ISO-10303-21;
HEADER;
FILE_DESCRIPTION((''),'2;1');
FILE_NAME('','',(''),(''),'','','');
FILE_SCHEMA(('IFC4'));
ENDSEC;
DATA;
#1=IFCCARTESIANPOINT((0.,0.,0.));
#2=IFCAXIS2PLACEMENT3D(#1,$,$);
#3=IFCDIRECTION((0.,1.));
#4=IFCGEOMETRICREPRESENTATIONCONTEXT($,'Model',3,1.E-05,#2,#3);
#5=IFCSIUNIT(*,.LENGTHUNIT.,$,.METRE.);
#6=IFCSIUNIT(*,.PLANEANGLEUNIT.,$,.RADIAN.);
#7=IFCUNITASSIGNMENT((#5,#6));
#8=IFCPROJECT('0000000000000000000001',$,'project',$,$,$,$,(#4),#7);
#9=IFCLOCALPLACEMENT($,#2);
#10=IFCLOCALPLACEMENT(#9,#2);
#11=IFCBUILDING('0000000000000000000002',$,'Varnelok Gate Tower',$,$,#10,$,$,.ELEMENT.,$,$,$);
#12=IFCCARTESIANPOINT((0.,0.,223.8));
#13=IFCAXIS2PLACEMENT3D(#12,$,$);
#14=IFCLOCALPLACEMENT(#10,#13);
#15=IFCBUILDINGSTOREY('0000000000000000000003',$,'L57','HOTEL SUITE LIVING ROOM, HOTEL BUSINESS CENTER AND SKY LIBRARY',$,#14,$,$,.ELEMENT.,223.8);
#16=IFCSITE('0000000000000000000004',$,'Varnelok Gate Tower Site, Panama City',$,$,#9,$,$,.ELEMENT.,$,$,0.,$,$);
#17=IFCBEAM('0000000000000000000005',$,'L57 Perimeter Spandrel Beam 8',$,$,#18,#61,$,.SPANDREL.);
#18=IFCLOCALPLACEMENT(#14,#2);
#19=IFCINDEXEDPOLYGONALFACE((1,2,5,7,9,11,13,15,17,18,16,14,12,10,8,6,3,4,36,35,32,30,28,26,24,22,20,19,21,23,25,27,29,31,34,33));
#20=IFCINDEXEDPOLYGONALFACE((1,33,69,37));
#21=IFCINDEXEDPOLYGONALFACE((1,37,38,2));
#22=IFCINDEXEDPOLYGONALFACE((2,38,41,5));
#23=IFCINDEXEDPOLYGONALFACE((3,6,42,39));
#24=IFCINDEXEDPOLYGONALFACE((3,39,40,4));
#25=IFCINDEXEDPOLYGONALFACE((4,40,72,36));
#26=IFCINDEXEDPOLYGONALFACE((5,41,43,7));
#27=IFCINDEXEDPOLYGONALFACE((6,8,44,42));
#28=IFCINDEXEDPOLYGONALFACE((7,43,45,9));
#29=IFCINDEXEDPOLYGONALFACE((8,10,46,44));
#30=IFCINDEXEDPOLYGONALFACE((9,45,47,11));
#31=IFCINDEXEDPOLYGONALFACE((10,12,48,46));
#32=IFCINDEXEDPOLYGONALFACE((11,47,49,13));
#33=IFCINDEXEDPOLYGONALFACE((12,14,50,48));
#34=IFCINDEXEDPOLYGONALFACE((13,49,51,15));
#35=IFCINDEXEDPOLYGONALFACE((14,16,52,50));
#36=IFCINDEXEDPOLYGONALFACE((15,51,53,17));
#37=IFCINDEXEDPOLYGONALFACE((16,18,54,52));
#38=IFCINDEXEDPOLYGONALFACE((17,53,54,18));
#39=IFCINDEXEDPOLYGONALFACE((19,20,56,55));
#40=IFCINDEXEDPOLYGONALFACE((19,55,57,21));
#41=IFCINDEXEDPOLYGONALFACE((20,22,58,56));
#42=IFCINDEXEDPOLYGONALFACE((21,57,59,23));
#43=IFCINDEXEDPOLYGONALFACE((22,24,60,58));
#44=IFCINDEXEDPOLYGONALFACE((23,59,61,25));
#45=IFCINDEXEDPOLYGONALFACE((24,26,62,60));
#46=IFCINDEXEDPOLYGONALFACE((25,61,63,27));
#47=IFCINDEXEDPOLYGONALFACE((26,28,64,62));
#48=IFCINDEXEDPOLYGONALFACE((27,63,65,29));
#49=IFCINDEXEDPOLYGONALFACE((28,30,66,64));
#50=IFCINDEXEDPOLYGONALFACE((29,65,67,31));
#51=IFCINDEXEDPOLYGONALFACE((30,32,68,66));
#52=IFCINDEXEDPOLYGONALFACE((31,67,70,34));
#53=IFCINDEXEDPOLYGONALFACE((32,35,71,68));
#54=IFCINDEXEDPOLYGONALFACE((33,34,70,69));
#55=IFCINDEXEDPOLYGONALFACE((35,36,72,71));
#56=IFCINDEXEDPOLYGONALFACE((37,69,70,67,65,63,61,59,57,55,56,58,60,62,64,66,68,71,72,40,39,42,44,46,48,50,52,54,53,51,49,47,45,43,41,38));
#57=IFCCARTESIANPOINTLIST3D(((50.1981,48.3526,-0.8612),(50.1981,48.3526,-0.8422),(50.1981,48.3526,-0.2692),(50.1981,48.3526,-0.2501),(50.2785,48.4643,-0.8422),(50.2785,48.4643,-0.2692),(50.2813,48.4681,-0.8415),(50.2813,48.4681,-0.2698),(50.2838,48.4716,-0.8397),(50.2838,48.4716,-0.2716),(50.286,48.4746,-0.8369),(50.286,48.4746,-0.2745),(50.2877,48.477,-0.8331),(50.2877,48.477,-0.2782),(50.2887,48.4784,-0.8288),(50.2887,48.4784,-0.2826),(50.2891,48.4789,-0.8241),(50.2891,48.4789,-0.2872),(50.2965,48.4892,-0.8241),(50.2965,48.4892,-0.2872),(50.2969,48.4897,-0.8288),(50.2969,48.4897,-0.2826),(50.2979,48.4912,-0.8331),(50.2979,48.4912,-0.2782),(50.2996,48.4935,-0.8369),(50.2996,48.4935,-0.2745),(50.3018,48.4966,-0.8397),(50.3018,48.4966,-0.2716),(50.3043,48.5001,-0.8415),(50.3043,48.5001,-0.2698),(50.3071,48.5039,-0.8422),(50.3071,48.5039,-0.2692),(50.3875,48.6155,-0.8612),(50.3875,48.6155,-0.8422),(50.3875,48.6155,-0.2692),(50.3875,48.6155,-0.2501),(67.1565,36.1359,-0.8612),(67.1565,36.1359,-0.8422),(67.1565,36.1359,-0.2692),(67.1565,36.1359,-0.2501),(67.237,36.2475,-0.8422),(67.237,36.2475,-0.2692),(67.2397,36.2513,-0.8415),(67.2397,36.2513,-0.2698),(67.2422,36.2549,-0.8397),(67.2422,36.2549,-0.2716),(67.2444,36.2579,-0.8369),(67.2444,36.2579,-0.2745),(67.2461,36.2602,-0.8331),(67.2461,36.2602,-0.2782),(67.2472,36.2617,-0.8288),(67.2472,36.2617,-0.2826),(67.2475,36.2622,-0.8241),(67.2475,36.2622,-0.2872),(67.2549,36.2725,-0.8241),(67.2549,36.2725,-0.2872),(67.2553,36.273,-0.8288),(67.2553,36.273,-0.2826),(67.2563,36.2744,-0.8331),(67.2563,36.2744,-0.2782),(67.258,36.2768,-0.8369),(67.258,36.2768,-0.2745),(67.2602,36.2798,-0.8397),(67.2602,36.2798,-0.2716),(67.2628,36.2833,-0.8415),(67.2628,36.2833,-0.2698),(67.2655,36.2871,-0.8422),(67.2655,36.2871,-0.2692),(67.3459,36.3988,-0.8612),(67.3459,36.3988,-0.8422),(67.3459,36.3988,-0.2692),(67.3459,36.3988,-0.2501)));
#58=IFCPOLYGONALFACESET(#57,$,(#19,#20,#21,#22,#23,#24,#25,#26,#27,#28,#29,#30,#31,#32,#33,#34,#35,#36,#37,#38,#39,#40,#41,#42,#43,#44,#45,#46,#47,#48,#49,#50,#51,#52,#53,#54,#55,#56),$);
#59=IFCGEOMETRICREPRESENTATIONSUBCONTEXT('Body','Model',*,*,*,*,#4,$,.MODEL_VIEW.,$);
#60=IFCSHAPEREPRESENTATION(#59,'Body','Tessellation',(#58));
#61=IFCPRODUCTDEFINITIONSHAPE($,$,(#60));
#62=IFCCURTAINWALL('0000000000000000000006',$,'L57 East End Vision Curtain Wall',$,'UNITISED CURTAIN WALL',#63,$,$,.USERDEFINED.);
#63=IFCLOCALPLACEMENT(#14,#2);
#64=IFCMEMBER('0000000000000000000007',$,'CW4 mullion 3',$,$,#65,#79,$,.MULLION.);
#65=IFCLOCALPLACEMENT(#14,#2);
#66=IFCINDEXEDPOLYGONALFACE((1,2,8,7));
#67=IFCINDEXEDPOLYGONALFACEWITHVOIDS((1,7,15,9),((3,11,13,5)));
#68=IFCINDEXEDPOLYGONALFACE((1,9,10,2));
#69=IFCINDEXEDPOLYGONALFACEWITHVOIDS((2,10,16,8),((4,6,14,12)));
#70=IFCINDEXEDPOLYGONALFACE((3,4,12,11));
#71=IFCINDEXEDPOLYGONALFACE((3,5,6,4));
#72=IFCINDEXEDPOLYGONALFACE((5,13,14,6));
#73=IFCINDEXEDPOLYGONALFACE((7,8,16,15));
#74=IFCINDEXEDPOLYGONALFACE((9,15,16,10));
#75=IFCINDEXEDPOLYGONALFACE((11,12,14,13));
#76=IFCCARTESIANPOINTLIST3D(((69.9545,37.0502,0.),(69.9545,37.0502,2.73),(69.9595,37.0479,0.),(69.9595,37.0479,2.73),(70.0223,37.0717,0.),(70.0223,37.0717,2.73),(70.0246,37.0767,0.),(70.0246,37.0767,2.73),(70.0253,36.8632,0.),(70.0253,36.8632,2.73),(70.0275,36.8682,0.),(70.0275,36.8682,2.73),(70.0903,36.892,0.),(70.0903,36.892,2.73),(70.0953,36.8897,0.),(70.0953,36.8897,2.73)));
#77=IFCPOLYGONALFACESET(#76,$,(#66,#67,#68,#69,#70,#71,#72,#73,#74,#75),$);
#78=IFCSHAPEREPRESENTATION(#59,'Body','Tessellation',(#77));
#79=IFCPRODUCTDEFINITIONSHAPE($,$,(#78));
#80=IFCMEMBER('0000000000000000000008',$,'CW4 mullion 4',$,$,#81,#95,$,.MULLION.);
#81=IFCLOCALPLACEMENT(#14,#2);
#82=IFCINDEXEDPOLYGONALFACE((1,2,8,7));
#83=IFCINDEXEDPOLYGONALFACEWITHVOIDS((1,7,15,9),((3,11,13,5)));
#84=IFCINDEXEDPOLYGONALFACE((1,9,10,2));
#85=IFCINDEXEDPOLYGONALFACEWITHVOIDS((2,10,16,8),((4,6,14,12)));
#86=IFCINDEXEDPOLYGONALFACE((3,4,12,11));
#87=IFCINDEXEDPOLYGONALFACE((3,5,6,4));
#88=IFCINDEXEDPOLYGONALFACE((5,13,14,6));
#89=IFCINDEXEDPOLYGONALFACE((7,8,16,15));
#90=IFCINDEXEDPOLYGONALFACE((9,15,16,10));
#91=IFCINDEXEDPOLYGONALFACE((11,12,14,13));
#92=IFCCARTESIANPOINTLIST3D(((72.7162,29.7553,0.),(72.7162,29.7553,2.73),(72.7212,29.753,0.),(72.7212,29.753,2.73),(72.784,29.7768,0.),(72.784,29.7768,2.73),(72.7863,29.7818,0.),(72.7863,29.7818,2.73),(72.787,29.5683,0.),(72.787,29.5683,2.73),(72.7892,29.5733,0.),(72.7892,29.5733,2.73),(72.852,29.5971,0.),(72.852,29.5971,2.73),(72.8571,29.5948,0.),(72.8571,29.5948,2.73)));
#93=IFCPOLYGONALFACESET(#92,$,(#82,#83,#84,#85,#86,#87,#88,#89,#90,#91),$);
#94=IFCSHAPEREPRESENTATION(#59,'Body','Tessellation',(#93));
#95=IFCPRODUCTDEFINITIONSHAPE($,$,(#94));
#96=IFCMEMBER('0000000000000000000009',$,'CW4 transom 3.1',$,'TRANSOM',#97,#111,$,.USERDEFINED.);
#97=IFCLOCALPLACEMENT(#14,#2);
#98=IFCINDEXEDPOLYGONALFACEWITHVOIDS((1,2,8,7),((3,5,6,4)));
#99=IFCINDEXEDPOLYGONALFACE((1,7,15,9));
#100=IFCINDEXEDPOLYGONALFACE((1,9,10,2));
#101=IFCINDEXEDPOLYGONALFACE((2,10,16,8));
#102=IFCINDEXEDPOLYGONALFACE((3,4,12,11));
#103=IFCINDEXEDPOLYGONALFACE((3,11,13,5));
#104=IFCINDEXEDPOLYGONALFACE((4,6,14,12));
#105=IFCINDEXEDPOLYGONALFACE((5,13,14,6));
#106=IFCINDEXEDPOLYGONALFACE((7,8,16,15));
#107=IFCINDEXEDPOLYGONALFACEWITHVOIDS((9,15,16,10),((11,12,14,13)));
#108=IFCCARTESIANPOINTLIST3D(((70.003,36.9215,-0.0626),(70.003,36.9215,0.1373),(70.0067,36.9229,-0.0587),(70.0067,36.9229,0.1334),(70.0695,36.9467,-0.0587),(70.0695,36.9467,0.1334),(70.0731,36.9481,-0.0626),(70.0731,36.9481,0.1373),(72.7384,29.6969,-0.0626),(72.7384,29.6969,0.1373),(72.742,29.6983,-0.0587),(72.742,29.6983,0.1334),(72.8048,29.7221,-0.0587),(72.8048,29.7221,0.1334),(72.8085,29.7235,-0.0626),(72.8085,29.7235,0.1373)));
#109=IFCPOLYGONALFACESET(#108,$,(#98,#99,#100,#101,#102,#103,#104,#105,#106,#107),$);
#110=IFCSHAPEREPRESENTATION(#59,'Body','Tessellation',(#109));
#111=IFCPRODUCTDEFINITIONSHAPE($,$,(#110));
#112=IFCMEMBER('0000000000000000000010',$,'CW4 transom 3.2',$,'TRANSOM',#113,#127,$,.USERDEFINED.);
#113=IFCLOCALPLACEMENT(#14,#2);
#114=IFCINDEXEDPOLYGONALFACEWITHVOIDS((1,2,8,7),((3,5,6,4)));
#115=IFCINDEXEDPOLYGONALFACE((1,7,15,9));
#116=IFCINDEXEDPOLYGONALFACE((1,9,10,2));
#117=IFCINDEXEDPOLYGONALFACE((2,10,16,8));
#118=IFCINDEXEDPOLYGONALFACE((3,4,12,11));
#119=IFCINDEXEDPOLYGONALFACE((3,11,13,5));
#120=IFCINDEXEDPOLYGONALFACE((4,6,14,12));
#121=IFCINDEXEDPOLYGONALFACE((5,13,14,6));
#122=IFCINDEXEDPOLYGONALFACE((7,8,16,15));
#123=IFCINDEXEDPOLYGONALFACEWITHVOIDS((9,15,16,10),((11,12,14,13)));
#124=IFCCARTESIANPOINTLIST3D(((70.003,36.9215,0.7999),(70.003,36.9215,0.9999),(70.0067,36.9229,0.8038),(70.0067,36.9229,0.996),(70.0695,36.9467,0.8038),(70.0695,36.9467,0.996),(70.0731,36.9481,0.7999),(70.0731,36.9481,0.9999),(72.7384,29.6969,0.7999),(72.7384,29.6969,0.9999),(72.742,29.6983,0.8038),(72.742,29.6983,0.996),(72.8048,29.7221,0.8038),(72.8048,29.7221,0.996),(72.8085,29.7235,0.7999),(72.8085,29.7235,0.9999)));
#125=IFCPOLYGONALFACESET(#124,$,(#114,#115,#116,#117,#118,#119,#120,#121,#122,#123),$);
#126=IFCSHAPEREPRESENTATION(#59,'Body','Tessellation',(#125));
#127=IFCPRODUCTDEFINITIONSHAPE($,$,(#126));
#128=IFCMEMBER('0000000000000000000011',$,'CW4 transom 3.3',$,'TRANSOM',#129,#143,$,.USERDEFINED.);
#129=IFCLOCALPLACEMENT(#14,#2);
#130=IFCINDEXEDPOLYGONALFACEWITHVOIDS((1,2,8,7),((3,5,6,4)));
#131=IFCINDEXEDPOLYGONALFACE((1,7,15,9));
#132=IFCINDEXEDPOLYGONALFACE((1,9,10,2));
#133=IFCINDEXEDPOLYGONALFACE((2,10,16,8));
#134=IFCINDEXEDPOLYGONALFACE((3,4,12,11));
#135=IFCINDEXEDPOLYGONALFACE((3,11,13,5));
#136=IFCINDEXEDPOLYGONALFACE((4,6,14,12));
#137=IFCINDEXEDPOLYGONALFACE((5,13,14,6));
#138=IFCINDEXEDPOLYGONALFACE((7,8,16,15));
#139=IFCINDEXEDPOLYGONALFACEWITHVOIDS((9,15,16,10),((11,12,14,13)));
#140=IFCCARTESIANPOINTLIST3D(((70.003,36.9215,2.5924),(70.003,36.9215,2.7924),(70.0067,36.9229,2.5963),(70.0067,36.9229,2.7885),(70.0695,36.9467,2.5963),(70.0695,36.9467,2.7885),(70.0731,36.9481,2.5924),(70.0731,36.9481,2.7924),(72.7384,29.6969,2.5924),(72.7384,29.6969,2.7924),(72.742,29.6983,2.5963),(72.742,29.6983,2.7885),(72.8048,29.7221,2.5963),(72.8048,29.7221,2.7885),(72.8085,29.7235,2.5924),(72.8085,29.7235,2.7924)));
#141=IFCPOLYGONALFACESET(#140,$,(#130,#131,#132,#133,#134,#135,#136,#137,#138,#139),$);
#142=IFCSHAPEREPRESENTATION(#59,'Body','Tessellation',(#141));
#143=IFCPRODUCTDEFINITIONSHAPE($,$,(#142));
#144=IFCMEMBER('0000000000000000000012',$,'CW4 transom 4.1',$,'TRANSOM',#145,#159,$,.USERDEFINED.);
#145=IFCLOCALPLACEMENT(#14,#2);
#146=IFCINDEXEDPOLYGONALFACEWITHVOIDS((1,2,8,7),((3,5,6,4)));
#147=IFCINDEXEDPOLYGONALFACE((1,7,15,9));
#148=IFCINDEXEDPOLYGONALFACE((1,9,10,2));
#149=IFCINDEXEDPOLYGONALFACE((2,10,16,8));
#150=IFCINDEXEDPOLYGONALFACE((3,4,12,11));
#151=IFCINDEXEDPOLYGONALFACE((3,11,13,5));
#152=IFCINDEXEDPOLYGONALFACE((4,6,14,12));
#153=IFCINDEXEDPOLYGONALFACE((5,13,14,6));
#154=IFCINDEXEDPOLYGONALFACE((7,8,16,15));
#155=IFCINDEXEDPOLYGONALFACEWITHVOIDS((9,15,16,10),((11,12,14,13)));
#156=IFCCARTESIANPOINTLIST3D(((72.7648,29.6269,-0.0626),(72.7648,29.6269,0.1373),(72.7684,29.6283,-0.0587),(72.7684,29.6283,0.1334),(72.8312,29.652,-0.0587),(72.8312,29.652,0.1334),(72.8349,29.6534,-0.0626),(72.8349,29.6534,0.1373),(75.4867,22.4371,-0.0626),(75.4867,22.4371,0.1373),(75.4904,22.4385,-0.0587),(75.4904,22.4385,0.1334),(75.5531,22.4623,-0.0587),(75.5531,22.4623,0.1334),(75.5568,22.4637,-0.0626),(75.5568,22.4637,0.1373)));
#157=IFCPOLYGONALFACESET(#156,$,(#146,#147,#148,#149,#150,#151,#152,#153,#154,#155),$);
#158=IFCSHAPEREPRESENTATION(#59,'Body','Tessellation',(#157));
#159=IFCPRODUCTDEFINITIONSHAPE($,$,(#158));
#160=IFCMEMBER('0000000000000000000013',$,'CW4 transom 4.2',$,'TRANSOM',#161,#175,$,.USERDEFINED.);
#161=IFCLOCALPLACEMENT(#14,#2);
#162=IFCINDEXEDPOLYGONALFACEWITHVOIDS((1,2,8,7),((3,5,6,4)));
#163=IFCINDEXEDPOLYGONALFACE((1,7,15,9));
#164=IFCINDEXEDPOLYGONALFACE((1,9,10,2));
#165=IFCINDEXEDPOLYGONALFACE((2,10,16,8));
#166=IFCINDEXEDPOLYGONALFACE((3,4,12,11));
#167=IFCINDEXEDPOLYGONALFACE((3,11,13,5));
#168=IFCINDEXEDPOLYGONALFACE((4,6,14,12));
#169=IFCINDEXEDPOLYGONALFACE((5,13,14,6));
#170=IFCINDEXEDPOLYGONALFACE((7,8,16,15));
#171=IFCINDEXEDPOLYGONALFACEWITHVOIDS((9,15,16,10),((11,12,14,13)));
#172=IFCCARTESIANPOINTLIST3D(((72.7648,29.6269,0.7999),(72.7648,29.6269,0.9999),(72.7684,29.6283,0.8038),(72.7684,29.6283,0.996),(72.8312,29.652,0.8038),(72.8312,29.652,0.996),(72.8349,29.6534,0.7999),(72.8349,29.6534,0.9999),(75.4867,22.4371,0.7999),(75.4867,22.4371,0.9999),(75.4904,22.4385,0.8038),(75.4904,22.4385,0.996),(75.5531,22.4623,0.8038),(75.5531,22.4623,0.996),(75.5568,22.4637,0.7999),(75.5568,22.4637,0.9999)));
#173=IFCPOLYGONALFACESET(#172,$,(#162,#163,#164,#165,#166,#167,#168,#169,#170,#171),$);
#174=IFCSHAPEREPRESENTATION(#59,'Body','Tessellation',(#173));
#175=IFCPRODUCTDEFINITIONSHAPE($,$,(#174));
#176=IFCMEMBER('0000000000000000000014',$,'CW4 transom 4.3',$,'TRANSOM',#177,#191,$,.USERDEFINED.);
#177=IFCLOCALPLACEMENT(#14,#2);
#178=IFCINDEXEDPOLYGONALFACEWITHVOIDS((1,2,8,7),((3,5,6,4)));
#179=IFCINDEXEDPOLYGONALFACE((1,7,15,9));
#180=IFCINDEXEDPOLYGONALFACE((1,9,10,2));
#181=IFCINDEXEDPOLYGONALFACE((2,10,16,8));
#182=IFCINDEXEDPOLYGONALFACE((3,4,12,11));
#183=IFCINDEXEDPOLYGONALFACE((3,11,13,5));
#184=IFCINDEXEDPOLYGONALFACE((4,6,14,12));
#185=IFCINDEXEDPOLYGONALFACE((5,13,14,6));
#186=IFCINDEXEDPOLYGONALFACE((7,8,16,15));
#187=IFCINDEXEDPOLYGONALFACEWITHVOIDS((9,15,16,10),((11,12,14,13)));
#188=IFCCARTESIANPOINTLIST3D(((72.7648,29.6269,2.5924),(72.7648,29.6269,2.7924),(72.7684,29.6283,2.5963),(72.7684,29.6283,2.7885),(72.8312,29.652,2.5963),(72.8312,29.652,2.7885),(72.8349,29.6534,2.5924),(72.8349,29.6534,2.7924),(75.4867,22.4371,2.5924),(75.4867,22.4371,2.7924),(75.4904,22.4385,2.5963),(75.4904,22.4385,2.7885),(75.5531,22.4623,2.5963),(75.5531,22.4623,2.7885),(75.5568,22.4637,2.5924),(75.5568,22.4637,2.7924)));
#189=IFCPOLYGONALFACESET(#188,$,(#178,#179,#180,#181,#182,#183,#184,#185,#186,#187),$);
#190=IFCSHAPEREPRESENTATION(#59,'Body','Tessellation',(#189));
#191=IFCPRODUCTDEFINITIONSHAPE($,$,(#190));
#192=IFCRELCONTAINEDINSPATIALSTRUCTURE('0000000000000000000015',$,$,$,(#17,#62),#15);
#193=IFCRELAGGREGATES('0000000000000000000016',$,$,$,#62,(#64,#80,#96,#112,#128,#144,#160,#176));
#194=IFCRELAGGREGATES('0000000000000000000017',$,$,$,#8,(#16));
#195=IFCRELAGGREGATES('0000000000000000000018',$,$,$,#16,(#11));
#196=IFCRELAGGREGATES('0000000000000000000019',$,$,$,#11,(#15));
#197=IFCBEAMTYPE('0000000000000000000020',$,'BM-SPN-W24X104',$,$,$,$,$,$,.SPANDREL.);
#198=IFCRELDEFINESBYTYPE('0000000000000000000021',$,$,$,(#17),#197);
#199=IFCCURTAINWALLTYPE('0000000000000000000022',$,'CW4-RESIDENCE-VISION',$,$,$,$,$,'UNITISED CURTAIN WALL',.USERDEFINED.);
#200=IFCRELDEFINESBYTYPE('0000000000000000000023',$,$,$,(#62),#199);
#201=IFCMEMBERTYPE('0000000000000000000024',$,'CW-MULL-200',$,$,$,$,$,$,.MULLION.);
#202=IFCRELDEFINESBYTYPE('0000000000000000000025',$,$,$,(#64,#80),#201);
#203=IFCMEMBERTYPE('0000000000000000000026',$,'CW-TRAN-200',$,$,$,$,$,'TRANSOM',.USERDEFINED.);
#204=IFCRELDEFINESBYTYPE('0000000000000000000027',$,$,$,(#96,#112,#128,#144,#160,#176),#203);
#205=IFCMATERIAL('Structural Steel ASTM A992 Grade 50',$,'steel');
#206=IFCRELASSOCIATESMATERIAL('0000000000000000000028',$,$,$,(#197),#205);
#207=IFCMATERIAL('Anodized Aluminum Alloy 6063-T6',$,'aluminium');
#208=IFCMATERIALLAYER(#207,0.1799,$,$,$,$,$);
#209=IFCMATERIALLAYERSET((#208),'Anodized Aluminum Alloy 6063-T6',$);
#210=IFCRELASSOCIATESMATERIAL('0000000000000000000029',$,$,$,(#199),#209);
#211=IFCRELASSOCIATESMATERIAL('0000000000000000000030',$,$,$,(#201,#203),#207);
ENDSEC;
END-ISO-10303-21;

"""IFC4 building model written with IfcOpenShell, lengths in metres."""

from ifc_helpers import new_model, si_unit, direction, frame, origin, origin_2d, place, context, subcontext, project, spatial, hollow_rectangle, i_section, extrude, material, layer, layer_set, material_profile, profile_set, type_object, element, aggregate, save


model = new_model("IFC4")

# Units and contexts
model_context = context("Model", 3, precision=1e-05, world=origin(), true_north=direction((0.0, 1.0)))
body_context = subcontext(model_context, "Body", "Model", "MODEL_VIEW")
ifc_project = project(units=[si_unit("LENGTHUNIT", "METRE"), si_unit("PLANEANGLEUNIT", "RADIAN")], contexts=[model_context])

# Site, building, storey
site_placement = place(None, origin())
site = spatial("IfcSite", under=ifc_project, at=site_placement, Name="Varnelok Gate Tower Site, Panama City", CompositionType="ELEMENT", RefElevation=0.0)
building_placement = place(site_placement, origin())
building = spatial("IfcBuilding", under=site, at=building_placement, Name="Varnelok Gate Tower", CompositionType="ELEMENT")
storey_placement = place(building_placement, frame((0.0, 0.0, 223.8)))
storey = spatial("IfcBuildingStorey", under=building, at=storey_placement, Name="L57", Description="HOTEL SUITE LIVING ROOM, HOTEL BUSINESS CENTER AND SKY LIBRARY", CompositionType="ELEMENT", Elevation=223.8)

# Shared definitions
ifc_material_1 = material(Name="Structural Steel ASTM A992 Grade 50", Category="steel")

# Beam
ifc_material_profile_1 = material_profile(ifc_material_1, i_section(OverallWidth=0.324, OverallDepth=0.6111, WebThickness=0.0127, FlangeThickness=0.019, FilletRadius=0.0181, at=origin_2d()), Name="W24X104")
ifc_profile_set_1 = profile_set([ifc_material_profile_1], Name="Structural Steel ASTM A992 Grade 50")
beam_type_1 = type_object("IfcBeamType", Name="BM-SPN-W24X104", PredefinedType="SPANDREL", material=ifc_profile_set_1)
beam_1_placement = place(storey_placement, frame((67.2512, 36.2673, -0.5557), z_axis=(-0.811383, 0.584515, 0.0), x_axis=(-0.584515, -0.811383, 0.0)))
element("IfcBeam", 1, at=beam_1_placement, inside=storey, type_object=beam_type_1, Name="L57 Perimeter Spandrel Beam 8", PredefinedType="SPANDREL", context=body_context, shape_type="SweptSolid", body=[
    extrude(i_section(OverallWidth=0.324, OverallDepth=0.6111, WebThickness=0.0127, FlangeThickness=0.019, FilletRadius=0.0181, at=origin_2d()), origin(), (0.0, 0.0, 1.0), 20.9006),
])

# Curtain wall, members
ifc_material_2 = material(Name="Anodized Aluminum Alloy 6063-T6", Category="aluminium")
ifc_layer_1 = layer(ifc_material_2, 0.1799)
ifc_layer_set_1 = layer_set([ifc_layer_1], Name="Anodized Aluminum Alloy 6063-T6")
curtain_wall_type = type_object("IfcCurtainWallType", Name="CW4-RESIDENCE-VISION", ElementType="UNITISED CURTAIN WALL", PredefinedType="USERDEFINED", material=ifc_layer_set_1)
curtain_wall_placement = place(storey_placement, origin())
curtain_wall = element("IfcCurtainWall", 2, at=curtain_wall_placement, inside=storey, type_object=curtain_wall_type, Name="L57 East End Vision Curtain Wall", ObjectType="UNITISED CURTAIN WALL", PredefinedType="USERDEFINED")
ifc_material_profile_2 = material_profile(ifc_material_2, hollow_rectangle(XDim=0.075, YDim=0.2, WallThickness=0.0039, at=origin_2d()), Name="ALU200X75X4")
ifc_profile_set_2 = profile_set([ifc_material_profile_2], Name="Anodized Aluminum Alloy 6063-T6")
member_type_1 = type_object("IfcMemberType", Name="CW-MULL-200", PredefinedType="MULLION", material=ifc_profile_set_2)
member_1_placement = place(storey_placement, frame((70.0249, 36.97, 0.0), z_axis=(0.0, 0.0, 1.0), x_axis=(0.935222, 0.354063, 0.0)))
member_1 = element("IfcMember", 3, at=member_1_placement, type_object=member_type_1, Name="CW4 mullion 3", PredefinedType="MULLION", context=body_context, shape_type="SweptSolid", body=[
    extrude(hollow_rectangle(XDim=0.075, YDim=0.2, WallThickness=0.0039, at=origin_2d()), origin(), (0.0, 0.0, 1.0), 2.73),
])
member_2_placement = place(storey_placement, frame((72.7866, 29.675, 0.0), z_axis=(0.0, 0.0, 1.0), x_axis=(0.935222, 0.354063, 0.0)))
member_2 = element("IfcMember", 4, at=member_2_placement, type_object=member_type_1, Name="CW4 mullion 4", PredefinedType="MULLION", context=body_context, shape_type="SweptSolid", body=[
    extrude(hollow_rectangle(XDim=0.075, YDim=0.2, WallThickness=0.0039, at=origin_2d()), origin(), (0.0, 0.0, 1.0), 2.73),
])
ifc_material_profile_3 = material_profile(ifc_material_2, hollow_rectangle(XDim=0.075, YDim=0.2, WallThickness=0.0039, at=origin_2d()), Name="ALU200X75X4")
ifc_profile_set_3 = profile_set([ifc_material_profile_3], Name="Anodized Aluminum Alloy 6063-T6")
member_type_2 = type_object("IfcMemberType", Name="CW-TRAN-200", ElementType="TRANSOM", PredefinedType="USERDEFINED", material=ifc_profile_set_3)
member_3_placement = place(storey_placement, frame((70.0381, 36.9348, 0.0374), z_axis=(0.354086, -0.935213, 0.0), x_axis=(0.935213, 0.354086, 0.0)))
member_3 = element("IfcMember", 5, at=member_3_placement, type_object=member_type_2, Name="CW4 transom 3.1", ObjectType="TRANSOM", PredefinedType="USERDEFINED", context=body_context, shape_type="SweptSolid", body=[
    extrude(hollow_rectangle(XDim=0.075, YDim=0.2, WallThickness=0.0039, at=origin_2d()), origin(), (0.0, 0.0, 1.0), 7.7251),
])
member_4_placement = place(storey_placement, frame((70.0381, 36.9348, 0.8999), z_axis=(0.354086, -0.935213, 0.0), x_axis=(0.935213, 0.354086, 0.0)))
member_4 = element("IfcMember", 6, at=member_4_placement, type_object=member_type_2, Name="CW4 transom 3.2", ObjectType="TRANSOM", PredefinedType="USERDEFINED", context=body_context, shape_type="SweptSolid", body=[
    extrude(hollow_rectangle(XDim=0.075, YDim=0.2, WallThickness=0.0039, at=origin_2d()), origin(), (0.0, 0.0, 1.0), 7.7251),
])
member_5_placement = place(storey_placement, frame((70.0381, 36.9348, 2.6924), z_axis=(0.354086, -0.935213, 0.0), x_axis=(0.935213, 0.354086, 0.0)))
member_5 = element("IfcMember", 7, at=member_5_placement, type_object=member_type_2, Name="CW4 transom 3.3", ObjectType="TRANSOM", PredefinedType="USERDEFINED", context=body_context, shape_type="SweptSolid", body=[
    extrude(hollow_rectangle(XDim=0.075, YDim=0.2, WallThickness=0.0039, at=origin_2d()), origin(), (0.0, 0.0, 1.0), 7.7251),
])
member_6_placement = place(storey_placement, frame((72.7998, 29.6401, 0.0374), z_axis=(0.354063, -0.935222, 0.0), x_axis=(0.935222, 0.354063, 0.0)))
member_6 = element("IfcMember", 8, at=member_6_placement, type_object=member_type_2, Name="CW4 transom 4.1", ObjectType="TRANSOM", PredefinedType="USERDEFINED", context=body_context, shape_type="SweptSolid", body=[
    extrude(hollow_rectangle(XDim=0.075, YDim=0.2, WallThickness=0.0039, at=origin_2d()), origin(), (0.0, 0.0, 1.0), 7.6877),
])
member_7_placement = place(storey_placement, frame((72.7998, 29.6401, 0.8999), z_axis=(0.354063, -0.935222, 0.0), x_axis=(0.935222, 0.354063, 0.0)))
member_7 = element("IfcMember", 9, at=member_7_placement, type_object=member_type_2, Name="CW4 transom 4.2", ObjectType="TRANSOM", PredefinedType="USERDEFINED", context=body_context, shape_type="SweptSolid", body=[
    extrude(hollow_rectangle(XDim=0.075, YDim=0.2, WallThickness=0.0039, at=origin_2d()), origin(), (0.0, 0.0, 1.0), 7.6877),
])
member_8_placement = place(storey_placement, frame((72.7998, 29.6401, 2.6924), z_axis=(0.354063, -0.935222, 0.0), x_axis=(0.935222, 0.354063, 0.0)))
member_8 = element("IfcMember", 10, at=member_8_placement, type_object=member_type_2, Name="CW4 transom 4.3", ObjectType="TRANSOM", PredefinedType="USERDEFINED", context=body_context, shape_type="SweptSolid", body=[
    extrude(hollow_rectangle(XDim=0.075, YDim=0.2, WallThickness=0.0039, at=origin_2d()), origin(), (0.0, 0.0, 1.0), 7.6877),
])
aggregate(curtain_wall, [member_1, member_2, member_3, member_4, member_5, member_6, member_7, member_8])

save(model, "model.ifc")
